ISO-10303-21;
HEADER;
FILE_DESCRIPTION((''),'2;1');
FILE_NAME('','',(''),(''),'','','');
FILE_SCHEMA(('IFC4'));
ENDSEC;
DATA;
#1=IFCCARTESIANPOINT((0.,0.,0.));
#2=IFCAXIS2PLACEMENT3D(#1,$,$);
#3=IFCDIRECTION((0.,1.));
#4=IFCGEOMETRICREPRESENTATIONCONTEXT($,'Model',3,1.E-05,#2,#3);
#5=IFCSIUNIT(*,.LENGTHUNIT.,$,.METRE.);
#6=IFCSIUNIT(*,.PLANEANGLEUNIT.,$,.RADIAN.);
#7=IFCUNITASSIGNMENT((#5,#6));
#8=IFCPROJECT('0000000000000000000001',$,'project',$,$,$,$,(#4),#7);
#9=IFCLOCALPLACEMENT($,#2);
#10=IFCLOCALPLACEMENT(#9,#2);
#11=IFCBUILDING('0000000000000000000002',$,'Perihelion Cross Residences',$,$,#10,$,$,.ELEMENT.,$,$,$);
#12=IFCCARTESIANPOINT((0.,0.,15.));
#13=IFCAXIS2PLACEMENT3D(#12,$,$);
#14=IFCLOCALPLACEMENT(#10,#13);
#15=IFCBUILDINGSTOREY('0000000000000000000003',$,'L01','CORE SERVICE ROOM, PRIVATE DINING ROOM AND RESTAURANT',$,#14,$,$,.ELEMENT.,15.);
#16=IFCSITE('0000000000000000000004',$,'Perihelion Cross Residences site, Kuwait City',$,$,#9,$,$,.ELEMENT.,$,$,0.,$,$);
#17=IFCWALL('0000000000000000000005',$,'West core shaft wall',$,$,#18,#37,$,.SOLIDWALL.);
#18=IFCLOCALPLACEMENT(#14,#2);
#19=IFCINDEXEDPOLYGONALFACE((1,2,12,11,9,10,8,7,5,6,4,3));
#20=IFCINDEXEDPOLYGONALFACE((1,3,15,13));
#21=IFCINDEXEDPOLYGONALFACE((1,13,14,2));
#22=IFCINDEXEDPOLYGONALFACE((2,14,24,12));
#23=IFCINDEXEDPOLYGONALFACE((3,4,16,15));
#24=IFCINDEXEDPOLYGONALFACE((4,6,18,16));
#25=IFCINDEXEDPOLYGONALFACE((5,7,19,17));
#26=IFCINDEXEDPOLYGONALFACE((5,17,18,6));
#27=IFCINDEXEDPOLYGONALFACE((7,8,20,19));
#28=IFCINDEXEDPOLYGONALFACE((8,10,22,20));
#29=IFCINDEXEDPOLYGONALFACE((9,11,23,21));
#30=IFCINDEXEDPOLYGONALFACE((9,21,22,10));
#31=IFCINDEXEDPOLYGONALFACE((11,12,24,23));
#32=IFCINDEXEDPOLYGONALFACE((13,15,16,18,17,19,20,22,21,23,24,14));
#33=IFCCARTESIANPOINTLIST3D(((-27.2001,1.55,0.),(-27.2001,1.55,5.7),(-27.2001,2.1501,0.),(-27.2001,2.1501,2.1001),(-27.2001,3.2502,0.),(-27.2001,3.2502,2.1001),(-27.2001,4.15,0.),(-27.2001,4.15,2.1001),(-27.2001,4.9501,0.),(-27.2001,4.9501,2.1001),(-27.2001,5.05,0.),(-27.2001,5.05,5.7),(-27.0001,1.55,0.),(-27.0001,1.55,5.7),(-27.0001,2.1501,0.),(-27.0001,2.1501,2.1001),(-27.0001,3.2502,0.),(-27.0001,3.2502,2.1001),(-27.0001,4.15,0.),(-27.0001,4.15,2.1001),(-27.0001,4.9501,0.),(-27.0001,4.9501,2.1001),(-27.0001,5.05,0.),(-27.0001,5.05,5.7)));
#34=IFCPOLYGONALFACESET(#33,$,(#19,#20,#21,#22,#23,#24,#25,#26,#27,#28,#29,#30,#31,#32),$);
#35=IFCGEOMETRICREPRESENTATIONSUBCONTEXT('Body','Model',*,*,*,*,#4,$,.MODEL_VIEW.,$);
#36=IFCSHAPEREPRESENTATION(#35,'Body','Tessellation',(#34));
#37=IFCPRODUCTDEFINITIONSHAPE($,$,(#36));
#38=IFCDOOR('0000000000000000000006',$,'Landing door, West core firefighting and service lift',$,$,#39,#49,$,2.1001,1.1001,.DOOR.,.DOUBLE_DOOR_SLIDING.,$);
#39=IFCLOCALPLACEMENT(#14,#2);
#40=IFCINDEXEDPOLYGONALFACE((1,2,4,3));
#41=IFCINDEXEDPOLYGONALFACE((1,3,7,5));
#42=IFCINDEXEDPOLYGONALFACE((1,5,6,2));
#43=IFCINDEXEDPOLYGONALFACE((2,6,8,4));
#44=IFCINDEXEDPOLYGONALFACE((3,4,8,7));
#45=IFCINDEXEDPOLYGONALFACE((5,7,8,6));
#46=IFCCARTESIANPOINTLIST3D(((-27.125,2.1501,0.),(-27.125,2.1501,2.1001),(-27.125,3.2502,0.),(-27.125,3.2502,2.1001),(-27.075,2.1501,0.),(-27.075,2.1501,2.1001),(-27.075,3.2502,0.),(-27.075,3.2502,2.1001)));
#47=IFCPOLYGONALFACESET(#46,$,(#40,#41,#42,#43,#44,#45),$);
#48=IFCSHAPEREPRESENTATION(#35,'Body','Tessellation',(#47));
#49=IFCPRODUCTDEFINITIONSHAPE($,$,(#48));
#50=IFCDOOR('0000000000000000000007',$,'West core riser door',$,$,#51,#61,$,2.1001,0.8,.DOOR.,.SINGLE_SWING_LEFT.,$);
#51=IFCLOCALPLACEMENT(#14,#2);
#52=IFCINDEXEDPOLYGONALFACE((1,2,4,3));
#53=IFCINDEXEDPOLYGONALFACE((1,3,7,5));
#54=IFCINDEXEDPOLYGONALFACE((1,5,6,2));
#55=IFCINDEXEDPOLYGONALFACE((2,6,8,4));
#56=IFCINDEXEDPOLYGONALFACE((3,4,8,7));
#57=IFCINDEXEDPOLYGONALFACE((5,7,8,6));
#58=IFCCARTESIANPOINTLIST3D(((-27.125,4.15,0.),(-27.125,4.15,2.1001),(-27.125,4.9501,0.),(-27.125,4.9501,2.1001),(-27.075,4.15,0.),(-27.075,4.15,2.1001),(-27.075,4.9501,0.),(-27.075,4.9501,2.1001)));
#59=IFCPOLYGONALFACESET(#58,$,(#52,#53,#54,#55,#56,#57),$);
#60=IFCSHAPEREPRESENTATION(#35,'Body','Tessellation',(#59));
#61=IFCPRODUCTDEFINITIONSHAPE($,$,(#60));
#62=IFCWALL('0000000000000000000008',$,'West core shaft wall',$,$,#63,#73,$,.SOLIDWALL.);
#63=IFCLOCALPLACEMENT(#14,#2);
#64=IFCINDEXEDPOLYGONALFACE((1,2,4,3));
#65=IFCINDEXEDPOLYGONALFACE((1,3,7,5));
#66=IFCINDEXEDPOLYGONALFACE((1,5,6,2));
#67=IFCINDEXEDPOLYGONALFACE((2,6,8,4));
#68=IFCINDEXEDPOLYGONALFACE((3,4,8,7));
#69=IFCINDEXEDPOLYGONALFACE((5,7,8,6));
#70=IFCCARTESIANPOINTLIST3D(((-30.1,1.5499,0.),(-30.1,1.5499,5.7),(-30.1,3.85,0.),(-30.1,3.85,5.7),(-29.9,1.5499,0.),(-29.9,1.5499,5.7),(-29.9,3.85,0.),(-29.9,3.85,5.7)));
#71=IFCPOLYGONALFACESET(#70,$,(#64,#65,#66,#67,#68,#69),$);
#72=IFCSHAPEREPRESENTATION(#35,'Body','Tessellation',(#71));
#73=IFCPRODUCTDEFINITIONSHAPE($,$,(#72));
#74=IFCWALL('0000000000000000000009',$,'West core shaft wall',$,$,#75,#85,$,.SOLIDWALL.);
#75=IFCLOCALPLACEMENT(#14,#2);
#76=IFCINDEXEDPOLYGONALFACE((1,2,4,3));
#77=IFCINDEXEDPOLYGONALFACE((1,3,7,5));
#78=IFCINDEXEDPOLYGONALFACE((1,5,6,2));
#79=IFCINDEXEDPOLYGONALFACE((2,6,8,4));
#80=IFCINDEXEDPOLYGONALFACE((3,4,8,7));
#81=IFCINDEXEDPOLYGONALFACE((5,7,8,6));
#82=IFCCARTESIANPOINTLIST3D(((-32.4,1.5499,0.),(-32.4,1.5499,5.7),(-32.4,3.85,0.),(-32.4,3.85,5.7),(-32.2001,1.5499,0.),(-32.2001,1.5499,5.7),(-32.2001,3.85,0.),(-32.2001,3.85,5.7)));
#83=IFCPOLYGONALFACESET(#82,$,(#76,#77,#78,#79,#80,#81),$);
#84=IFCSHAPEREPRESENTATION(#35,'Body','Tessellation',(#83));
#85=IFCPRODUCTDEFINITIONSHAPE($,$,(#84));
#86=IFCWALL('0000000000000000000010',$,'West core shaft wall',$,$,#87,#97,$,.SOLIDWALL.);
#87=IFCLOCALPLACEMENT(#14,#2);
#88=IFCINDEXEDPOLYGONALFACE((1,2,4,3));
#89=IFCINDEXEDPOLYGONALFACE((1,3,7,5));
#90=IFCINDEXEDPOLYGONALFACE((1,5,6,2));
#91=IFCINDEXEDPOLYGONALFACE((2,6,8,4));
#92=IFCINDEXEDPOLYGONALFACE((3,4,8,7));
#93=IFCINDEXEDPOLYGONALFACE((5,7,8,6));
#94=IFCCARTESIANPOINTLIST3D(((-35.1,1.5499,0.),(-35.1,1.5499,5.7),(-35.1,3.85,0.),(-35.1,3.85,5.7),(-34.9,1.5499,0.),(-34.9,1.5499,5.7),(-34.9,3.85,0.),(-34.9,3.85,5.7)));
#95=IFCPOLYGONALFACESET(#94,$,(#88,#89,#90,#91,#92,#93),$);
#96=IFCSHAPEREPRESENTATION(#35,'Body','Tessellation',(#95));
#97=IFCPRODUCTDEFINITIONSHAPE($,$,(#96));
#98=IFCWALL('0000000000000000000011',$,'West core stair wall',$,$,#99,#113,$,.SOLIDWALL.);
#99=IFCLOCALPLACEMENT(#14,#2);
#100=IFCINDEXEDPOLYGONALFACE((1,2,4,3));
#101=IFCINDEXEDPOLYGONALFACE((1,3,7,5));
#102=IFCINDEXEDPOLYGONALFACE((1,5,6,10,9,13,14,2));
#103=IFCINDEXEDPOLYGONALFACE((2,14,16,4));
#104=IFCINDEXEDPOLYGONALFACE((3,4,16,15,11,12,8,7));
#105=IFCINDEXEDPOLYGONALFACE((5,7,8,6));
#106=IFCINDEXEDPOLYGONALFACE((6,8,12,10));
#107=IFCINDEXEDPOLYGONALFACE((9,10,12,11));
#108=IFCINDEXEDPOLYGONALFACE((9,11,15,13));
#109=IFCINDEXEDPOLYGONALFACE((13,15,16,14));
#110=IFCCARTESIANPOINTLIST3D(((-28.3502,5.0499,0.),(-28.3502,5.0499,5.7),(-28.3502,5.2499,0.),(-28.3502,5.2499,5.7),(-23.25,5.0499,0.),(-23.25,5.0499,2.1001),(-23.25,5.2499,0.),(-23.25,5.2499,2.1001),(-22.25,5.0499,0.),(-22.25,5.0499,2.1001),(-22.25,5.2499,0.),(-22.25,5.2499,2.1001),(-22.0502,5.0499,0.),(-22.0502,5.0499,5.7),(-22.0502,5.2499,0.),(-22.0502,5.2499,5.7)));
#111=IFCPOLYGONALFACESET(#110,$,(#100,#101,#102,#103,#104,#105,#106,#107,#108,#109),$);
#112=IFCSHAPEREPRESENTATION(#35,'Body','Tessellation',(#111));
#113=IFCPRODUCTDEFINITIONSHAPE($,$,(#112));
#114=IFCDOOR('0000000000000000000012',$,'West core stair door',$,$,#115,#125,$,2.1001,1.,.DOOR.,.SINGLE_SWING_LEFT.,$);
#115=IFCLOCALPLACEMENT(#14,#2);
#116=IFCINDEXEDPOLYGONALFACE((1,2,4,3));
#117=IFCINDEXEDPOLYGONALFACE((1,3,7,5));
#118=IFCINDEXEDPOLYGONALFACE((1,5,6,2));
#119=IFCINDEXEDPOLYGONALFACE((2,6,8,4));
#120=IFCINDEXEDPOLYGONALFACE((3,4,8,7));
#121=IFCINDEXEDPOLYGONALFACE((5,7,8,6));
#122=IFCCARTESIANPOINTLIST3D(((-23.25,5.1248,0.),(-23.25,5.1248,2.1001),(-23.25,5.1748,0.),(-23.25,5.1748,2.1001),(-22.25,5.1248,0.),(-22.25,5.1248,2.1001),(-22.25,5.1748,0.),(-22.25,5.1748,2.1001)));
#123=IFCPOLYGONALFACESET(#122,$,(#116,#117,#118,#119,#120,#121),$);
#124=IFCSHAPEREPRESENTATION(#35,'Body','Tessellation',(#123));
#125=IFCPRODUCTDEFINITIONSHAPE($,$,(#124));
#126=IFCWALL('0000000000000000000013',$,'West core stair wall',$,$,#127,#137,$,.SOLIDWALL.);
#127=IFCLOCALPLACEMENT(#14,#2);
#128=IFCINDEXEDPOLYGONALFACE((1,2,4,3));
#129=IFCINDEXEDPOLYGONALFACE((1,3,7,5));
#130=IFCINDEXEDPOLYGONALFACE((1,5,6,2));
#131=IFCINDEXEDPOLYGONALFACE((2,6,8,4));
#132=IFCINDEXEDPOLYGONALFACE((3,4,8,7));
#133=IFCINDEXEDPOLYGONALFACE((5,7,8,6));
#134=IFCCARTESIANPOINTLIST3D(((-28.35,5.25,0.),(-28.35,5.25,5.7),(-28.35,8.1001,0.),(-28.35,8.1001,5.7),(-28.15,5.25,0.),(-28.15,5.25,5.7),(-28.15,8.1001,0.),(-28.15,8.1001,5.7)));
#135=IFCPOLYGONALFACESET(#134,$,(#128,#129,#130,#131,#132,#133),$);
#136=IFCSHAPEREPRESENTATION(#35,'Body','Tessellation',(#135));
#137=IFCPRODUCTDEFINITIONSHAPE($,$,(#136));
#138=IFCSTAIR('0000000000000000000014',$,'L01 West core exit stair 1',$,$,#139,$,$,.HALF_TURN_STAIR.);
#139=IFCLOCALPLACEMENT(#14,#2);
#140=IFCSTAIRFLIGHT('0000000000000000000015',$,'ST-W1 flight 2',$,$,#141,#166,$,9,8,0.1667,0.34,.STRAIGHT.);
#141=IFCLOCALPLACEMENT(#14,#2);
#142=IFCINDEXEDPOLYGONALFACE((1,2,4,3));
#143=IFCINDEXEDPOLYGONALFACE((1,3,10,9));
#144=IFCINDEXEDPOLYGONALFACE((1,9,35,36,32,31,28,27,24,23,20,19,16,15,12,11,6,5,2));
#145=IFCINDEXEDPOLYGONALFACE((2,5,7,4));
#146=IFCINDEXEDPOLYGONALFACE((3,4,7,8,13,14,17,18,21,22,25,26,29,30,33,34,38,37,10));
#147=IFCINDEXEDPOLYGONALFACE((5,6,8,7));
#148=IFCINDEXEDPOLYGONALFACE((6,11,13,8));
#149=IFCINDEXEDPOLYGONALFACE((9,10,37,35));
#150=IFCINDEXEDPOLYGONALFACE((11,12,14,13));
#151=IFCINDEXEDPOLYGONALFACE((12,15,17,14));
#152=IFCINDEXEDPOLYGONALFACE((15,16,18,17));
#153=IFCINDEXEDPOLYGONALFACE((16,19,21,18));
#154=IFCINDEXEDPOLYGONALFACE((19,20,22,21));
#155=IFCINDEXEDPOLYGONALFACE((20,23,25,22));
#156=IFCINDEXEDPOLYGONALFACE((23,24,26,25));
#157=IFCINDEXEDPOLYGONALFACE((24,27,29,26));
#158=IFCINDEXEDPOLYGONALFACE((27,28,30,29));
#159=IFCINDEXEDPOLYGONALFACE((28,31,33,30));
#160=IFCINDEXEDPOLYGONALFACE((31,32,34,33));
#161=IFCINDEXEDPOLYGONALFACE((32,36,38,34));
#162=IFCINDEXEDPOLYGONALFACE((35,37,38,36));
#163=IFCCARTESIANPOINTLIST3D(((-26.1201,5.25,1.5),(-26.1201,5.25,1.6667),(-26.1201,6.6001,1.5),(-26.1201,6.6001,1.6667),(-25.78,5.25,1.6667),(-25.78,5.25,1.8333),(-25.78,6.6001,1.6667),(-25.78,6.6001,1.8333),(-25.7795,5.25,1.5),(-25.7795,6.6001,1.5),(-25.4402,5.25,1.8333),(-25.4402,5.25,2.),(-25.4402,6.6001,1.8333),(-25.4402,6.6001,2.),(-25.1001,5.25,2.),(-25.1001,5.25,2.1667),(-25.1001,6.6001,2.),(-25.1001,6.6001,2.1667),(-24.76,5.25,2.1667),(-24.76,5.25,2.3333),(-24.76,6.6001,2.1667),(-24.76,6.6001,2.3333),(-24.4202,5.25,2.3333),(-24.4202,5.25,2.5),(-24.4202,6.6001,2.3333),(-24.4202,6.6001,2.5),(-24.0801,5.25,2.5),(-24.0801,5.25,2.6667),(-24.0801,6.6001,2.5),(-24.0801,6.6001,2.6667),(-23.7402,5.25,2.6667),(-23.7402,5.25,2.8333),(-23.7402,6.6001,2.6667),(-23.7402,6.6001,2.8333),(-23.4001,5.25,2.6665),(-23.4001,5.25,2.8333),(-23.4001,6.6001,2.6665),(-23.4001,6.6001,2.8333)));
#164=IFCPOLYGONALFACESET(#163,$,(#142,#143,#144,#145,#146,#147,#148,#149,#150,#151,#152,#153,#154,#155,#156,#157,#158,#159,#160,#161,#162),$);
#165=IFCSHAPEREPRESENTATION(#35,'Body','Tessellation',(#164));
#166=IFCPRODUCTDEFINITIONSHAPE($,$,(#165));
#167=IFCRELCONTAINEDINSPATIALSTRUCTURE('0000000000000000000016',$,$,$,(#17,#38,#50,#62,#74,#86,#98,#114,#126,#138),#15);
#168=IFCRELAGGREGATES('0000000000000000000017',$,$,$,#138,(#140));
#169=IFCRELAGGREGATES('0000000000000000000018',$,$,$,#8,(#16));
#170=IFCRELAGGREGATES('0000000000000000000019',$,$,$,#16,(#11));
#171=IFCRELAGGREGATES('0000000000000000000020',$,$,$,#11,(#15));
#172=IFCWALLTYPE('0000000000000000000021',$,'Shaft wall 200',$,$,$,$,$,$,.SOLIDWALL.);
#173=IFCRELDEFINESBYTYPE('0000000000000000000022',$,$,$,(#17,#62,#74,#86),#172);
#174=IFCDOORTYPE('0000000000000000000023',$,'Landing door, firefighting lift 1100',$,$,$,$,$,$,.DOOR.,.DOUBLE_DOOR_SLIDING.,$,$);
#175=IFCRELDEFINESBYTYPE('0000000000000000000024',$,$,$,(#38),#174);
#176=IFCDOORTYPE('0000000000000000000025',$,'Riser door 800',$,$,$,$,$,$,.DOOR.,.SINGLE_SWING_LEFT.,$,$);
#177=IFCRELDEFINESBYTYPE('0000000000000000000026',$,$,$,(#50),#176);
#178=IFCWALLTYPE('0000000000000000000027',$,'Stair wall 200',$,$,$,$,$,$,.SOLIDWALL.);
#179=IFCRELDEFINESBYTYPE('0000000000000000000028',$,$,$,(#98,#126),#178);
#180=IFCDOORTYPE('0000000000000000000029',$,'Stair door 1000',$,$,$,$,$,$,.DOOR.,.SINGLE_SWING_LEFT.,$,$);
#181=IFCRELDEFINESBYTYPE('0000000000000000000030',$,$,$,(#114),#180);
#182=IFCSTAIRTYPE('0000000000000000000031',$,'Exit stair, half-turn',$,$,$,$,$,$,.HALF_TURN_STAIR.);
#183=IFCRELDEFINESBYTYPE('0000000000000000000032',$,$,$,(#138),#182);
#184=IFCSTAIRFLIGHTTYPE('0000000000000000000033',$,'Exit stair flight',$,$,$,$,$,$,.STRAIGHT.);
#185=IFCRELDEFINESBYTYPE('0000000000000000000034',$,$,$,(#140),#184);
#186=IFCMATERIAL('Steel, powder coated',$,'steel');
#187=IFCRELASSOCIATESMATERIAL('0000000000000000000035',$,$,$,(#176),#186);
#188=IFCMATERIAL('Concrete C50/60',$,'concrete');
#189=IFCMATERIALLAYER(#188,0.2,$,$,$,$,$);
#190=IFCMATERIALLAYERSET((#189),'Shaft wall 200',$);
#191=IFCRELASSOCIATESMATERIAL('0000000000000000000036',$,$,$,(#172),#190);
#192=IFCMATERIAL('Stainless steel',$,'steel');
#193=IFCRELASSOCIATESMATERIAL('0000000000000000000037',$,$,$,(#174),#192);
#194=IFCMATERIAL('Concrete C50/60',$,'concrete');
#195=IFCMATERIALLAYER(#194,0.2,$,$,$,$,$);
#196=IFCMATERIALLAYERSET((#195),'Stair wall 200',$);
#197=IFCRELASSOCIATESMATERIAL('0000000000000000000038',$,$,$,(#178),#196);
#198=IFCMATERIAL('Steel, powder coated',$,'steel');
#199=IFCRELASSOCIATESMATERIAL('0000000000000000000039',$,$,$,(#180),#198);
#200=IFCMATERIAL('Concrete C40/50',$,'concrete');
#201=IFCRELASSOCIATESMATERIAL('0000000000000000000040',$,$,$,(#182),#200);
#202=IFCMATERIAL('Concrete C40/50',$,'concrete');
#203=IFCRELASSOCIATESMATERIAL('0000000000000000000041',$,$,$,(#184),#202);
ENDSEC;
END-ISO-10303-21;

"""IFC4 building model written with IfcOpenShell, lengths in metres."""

from ifc_helpers import new_model, si_unit, direction, frame, frame_2d, origin, place, context, subcontext, project, spatial, polyline, rectangle, outline, extrude, material, layer, layer_set, type_object, element, fill, aggregate, save


model = new_model("IFC4")

# Units and contexts
model_context = context("Model", 3, precision=1e-05, world=origin(), true_north=direction((0.0, 1.0)))
body_context = subcontext(model_context, "Body", "Model", "MODEL_VIEW")
ifc_project = project(units=[si_unit("LENGTHUNIT", "METRE"), si_unit("PLANEANGLEUNIT", "RADIAN")], contexts=[model_context])

# Site, building, storey
site_placement = place(None, origin())
site = spatial("IfcSite", under=ifc_project, at=site_placement, Name="Perihelion Cross Residences site, Kuwait City", CompositionType="ELEMENT", RefElevation=0.0)
building_placement = place(site_placement, origin())
building = spatial("IfcBuilding", under=site, at=building_placement, Name="Perihelion Cross Residences", CompositionType="ELEMENT")
storey_placement = place(building_placement, frame((0.0, 0.0, 15.0)))
storey = spatial("IfcBuildingStorey", under=building, at=storey_placement, Name="L01", Description="CORE SERVICE ROOM, PRIVATE DINING ROOM AND RESTAURANT", CompositionType="ELEMENT", Elevation=15.0)

# Shared definitions
ifc_material_1 = material(Name="Steel, powder coated", Category="steel")
door_type_1 = type_object("IfcDoorType", Name="Riser door 800", OperationType="SINGLE_SWING_LEFT", PredefinedType="DOOR", material=ifc_material_1)

# Shared definitions
ifc_material_2 = material(Name="Concrete C50/60", Category="concrete")
ifc_layer_1 = layer(ifc_material_2, 0.2)
ifc_layer_set_1 = layer_set([ifc_layer_1], Name="Shaft wall 200")
wall_type_1 = type_object("IfcWallType", Name="Shaft wall 200", PredefinedType="SOLIDWALL", material=ifc_layer_set_1)

# Wall, openings, doors
wall_1_placement = place(storey_placement, frame((-27.1001, 1.55, 0.0), z_axis=(0.0, 0.0, 1.0), x_axis=(0.0, 1.0, 0.0)))
wall_1 = element("IfcWall", 1, at=wall_1_placement, inside=storey, type_object=wall_type_1, Name="West core shaft wall", PredefinedType="SOLIDWALL", context=body_context, shape_type="SweptSolid", body=[
    extrude(rectangle(XDim=3.5, YDim=0.2, at=frame_2d((1.75, 0.0))), origin(), (0.0, 0.0, 1.0), 5.7),
])
opening_1_placement = place(wall_1_placement, frame((0.6001, 0.0, 0.0)))
opening_1 = element("IfcOpeningElement", 2, at=opening_1_placement, cuts=wall_1, PredefinedType="OPENING", context=body_context, shape_type="SweptSolid", body=[
    extrude(rectangle(XDim=1.1001, YDim=2.1001, at=frame_2d((0.55, 1.05))), frame((0.0, 0.1099, 0.0), z_axis=(0.0, -1.0, 0.0), x_axis=(1.0, 0.0, 0.0)), (0.0, 0.0, 1.0), 0.22),
])
opening_2_placement = place(wall_1_placement, frame((2.6001, 0.0, 0.0)))
opening_2 = element("IfcOpeningElement", 3, at=opening_2_placement, cuts=wall_1, PredefinedType="OPENING", context=body_context, shape_type="SweptSolid", body=[
    extrude(rectangle(XDim=0.8, YDim=2.1001, at=frame_2d((0.3999, 1.05))), frame((0.0, 0.1099, 0.0), z_axis=(0.0, -1.0, 0.0), x_axis=(1.0, 0.0, 0.0)), (0.0, 0.0, 1.0), 0.22),
])
ifc_material_3 = material(Name="Stainless steel", Category="steel")
door_type_2 = type_object("IfcDoorType", Name="Landing door, firefighting lift 1100", OperationType="DOUBLE_DOOR_SLIDING", PredefinedType="DOOR", material=ifc_material_3)
door_1_placement = place(opening_1_placement, origin())
door_1 = element("IfcDoor", 4, at=door_1_placement, inside=storey, type_object=door_type_2, Name="Landing door, West core firefighting and service lift", OperationType="DOUBLE_DOOR_SLIDING", OverallHeight=2.1001, OverallWidth=1.1001, PredefinedType="DOOR", context=body_context, shape_type="SweptSolid", body=[
    extrude(rectangle(XDim=1.1001, YDim=2.1001, at=frame_2d((0.55, 1.05))), frame((0.0, 0.0249, 0.0), z_axis=(0.0, -1.0, 0.0), x_axis=(1.0, 0.0, 0.0)), (0.0, 0.0, 1.0), 0.05),
])
fill(opening_1, door_1)
door_2_placement = place(opening_2_placement, origin())
door_2 = element("IfcDoor", 5, at=door_2_placement, inside=storey, type_object=door_type_1, Name="West core riser door", OperationType="SINGLE_SWING_LEFT", OverallHeight=2.1001, OverallWidth=0.8, PredefinedType="DOOR", context=body_context, shape_type="SweptSolid", body=[
    extrude(rectangle(XDim=0.8, YDim=2.1001, at=frame_2d((0.3999, 1.05))), frame((0.0, 0.0249, 0.0), z_axis=(0.0, -1.0, 0.0), x_axis=(1.0, 0.0, 0.0)), (0.0, 0.0, 1.0), 0.05),
])
fill(opening_2, door_2)

# Walls
for number, where, z_axis, x_axis, name in (
    (6, (-30.0, 1.55, 0.0), (0.0, 0.0, 1.0), (0.0, 1.0, 0.0), "West core shaft wall"),
    (7, (-32.3, 1.55, 0.0), (0.0, 0.0, 1.0), (0.0, 1.0, 0.0), "West core shaft wall"),
    (8, (-35.0, 1.55, 0.0), (0.0, 0.0, 1.0), (0.0, 1.0, 0.0), "West core shaft wall"),
):
    element("IfcWall", number, at=place(storey_placement, frame(where, z_axis=z_axis, x_axis=x_axis)), inside=storey, type_object=wall_type_1, Name=name, PredefinedType="SOLIDWALL", context=body_context, shape_type="SweptSolid", body=[
        extrude(rectangle(XDim=2.3, YDim=0.2, at=frame_2d((1.1499, 0.0))), origin(), (0.0, 0.0, 1.0), 5.7),
    ])

# Wall, opening, door
ifc_material_4 = material(Name="Concrete C50/60", Category="concrete")
ifc_layer_2 = layer(ifc_material_4, 0.2)
ifc_layer_set_2 = layer_set([ifc_layer_2], Name="Stair wall 200")
wall_type_2 = type_object("IfcWallType", Name="Stair wall 200", PredefinedType="SOLIDWALL", material=ifc_layer_set_2)
wall_2_placement = place(storey_placement, frame((-28.3501, 5.1499, 0.0), z_axis=(0.0, 0.0, 1.0), x_axis=(1.0, 0.0, 0.0)))
wall_2 = element("IfcWall", 9, at=wall_2_placement, inside=storey, type_object=wall_type_2, Name="West core stair wall", PredefinedType="SOLIDWALL", context=body_context, shape_type="SweptSolid", body=[
    extrude(rectangle(XDim=6.3, YDim=0.2, at=frame_2d((3.1499, 0.0))), origin(), (0.0, 0.0, 1.0), 5.7),
])
opening_3_placement = place(wall_2_placement, frame((5.1001, 0.0, 0.0)))
opening_3 = element("IfcOpeningElement", 10, at=opening_3_placement, cuts=wall_2, PredefinedType="OPENING", context=body_context, shape_type="SweptSolid", body=[
    extrude(rectangle(XDim=1.0, YDim=2.1001, at=frame_2d((0.5, 1.05))), frame((0.0, 0.1099, 0.0), z_axis=(0.0, -1.0, 0.0), x_axis=(1.0, 0.0, 0.0)), (0.0, 0.0, 1.0), 0.22),
])
ifc_material_5 = material(Name="Steel, powder coated", Category="steel")
door_type_3 = type_object("IfcDoorType", Name="Stair door 1000", OperationType="SINGLE_SWING_LEFT", PredefinedType="DOOR", material=ifc_material_5)
door_3_placement = place(opening_3_placement, origin())
door_3 = element("IfcDoor", 11, at=door_3_placement, inside=storey, type_object=door_type_3, Name="West core stair door", OperationType="SINGLE_SWING_LEFT", OverallHeight=2.1001, OverallWidth=1.0, PredefinedType="DOOR", context=body_context, shape_type="SweptSolid", body=[
    extrude(rectangle(XDim=1.0, YDim=2.1001, at=frame_2d((0.5, 1.05))), frame((0.0, 0.0249, 0.0), z_axis=(0.0, -1.0, 0.0), x_axis=(1.0, 0.0, 0.0)), (0.0, 0.0, 1.0), 0.05),
])
fill(opening_3, door_3)

# Wall
wall_3_placement = place(storey_placement, frame((-28.25, 5.25, 0.0), z_axis=(0.0, 0.0, 1.0), x_axis=(0.0, 1.0, 0.0)))
element("IfcWall", 12, at=wall_3_placement, inside=storey, type_object=wall_type_2, Name="West core stair wall", PredefinedType="SOLIDWALL", context=body_context, shape_type="SweptSolid", body=[
    extrude(rectangle(XDim=2.8501, YDim=0.2, at=frame_2d((1.425, 0.0))), origin(), (0.0, 0.0, 1.0), 5.7),
])

# Stair, stair flight
ifc_material_6 = material(Name="Concrete C40/50", Category="concrete")
stair_type = type_object("IfcStairType", Name="Exit stair, half-turn", PredefinedType="HALF_TURN_STAIR", material=ifc_material_6)
stair_placement = place(storey_placement, origin())
stair = element("IfcStair", 13, at=stair_placement, inside=storey, type_object=stair_type, Name="L01 West core exit stair 1", PredefinedType="HALF_TURN_STAIR")
ifc_material_7 = material(Name="Concrete C40/50", Category="concrete")
stair_flight_type = type_object("IfcStairFlightType", Name="Exit stair flight", PredefinedType="STRAIGHT", material=ifc_material_7)
stair_flight_placement = place(storey_placement, frame((-26.1201, 5.925, 1.5), z_axis=(0.0, 0.0, 1.0), x_axis=(1.0, 0.0, 0.0)))
stair_flight = element("IfcStairFlight", 14, at=stair_flight_placement, type_object=stair_flight_type, Name="ST-W1 flight 2", NumberOfRisers=9, NumberOfTreads=8, PredefinedType="STRAIGHT", RiserHeight=0.1667, TreadLength=0.34, context=body_context, shape_type="SweptSolid", body=[
    extrude(outline(polyline([(0.0, 0.0), (0.0, 0.1667), (0.3401, 0.1667), (0.3401, 0.3333), (0.6799, 0.3333), (0.6799, 0.5), (1.02, 0.5), (1.02, 0.6667), (1.3601, 0.6667), (1.3601, 0.8333), (1.7, 0.8333), (1.7, 1.0), (2.04, 1.0), (2.04, 1.1667), (2.3799, 1.1667), (2.3799, 1.3333), (2.72, 1.3333), (2.72, 1.5), (2.72, 1.1665), (0.3406, 0.0), (0.0, 0.0)])), frame((0.0, 0.675, 0.0), z_axis=(0.0, -1.0, 0.0), x_axis=(1.0, 0.0, 0.0)), (0.0, 0.0, 1.0), 1.3501),
])
aggregate(stair, [stair_flight])

save(model, "model.ifc")
